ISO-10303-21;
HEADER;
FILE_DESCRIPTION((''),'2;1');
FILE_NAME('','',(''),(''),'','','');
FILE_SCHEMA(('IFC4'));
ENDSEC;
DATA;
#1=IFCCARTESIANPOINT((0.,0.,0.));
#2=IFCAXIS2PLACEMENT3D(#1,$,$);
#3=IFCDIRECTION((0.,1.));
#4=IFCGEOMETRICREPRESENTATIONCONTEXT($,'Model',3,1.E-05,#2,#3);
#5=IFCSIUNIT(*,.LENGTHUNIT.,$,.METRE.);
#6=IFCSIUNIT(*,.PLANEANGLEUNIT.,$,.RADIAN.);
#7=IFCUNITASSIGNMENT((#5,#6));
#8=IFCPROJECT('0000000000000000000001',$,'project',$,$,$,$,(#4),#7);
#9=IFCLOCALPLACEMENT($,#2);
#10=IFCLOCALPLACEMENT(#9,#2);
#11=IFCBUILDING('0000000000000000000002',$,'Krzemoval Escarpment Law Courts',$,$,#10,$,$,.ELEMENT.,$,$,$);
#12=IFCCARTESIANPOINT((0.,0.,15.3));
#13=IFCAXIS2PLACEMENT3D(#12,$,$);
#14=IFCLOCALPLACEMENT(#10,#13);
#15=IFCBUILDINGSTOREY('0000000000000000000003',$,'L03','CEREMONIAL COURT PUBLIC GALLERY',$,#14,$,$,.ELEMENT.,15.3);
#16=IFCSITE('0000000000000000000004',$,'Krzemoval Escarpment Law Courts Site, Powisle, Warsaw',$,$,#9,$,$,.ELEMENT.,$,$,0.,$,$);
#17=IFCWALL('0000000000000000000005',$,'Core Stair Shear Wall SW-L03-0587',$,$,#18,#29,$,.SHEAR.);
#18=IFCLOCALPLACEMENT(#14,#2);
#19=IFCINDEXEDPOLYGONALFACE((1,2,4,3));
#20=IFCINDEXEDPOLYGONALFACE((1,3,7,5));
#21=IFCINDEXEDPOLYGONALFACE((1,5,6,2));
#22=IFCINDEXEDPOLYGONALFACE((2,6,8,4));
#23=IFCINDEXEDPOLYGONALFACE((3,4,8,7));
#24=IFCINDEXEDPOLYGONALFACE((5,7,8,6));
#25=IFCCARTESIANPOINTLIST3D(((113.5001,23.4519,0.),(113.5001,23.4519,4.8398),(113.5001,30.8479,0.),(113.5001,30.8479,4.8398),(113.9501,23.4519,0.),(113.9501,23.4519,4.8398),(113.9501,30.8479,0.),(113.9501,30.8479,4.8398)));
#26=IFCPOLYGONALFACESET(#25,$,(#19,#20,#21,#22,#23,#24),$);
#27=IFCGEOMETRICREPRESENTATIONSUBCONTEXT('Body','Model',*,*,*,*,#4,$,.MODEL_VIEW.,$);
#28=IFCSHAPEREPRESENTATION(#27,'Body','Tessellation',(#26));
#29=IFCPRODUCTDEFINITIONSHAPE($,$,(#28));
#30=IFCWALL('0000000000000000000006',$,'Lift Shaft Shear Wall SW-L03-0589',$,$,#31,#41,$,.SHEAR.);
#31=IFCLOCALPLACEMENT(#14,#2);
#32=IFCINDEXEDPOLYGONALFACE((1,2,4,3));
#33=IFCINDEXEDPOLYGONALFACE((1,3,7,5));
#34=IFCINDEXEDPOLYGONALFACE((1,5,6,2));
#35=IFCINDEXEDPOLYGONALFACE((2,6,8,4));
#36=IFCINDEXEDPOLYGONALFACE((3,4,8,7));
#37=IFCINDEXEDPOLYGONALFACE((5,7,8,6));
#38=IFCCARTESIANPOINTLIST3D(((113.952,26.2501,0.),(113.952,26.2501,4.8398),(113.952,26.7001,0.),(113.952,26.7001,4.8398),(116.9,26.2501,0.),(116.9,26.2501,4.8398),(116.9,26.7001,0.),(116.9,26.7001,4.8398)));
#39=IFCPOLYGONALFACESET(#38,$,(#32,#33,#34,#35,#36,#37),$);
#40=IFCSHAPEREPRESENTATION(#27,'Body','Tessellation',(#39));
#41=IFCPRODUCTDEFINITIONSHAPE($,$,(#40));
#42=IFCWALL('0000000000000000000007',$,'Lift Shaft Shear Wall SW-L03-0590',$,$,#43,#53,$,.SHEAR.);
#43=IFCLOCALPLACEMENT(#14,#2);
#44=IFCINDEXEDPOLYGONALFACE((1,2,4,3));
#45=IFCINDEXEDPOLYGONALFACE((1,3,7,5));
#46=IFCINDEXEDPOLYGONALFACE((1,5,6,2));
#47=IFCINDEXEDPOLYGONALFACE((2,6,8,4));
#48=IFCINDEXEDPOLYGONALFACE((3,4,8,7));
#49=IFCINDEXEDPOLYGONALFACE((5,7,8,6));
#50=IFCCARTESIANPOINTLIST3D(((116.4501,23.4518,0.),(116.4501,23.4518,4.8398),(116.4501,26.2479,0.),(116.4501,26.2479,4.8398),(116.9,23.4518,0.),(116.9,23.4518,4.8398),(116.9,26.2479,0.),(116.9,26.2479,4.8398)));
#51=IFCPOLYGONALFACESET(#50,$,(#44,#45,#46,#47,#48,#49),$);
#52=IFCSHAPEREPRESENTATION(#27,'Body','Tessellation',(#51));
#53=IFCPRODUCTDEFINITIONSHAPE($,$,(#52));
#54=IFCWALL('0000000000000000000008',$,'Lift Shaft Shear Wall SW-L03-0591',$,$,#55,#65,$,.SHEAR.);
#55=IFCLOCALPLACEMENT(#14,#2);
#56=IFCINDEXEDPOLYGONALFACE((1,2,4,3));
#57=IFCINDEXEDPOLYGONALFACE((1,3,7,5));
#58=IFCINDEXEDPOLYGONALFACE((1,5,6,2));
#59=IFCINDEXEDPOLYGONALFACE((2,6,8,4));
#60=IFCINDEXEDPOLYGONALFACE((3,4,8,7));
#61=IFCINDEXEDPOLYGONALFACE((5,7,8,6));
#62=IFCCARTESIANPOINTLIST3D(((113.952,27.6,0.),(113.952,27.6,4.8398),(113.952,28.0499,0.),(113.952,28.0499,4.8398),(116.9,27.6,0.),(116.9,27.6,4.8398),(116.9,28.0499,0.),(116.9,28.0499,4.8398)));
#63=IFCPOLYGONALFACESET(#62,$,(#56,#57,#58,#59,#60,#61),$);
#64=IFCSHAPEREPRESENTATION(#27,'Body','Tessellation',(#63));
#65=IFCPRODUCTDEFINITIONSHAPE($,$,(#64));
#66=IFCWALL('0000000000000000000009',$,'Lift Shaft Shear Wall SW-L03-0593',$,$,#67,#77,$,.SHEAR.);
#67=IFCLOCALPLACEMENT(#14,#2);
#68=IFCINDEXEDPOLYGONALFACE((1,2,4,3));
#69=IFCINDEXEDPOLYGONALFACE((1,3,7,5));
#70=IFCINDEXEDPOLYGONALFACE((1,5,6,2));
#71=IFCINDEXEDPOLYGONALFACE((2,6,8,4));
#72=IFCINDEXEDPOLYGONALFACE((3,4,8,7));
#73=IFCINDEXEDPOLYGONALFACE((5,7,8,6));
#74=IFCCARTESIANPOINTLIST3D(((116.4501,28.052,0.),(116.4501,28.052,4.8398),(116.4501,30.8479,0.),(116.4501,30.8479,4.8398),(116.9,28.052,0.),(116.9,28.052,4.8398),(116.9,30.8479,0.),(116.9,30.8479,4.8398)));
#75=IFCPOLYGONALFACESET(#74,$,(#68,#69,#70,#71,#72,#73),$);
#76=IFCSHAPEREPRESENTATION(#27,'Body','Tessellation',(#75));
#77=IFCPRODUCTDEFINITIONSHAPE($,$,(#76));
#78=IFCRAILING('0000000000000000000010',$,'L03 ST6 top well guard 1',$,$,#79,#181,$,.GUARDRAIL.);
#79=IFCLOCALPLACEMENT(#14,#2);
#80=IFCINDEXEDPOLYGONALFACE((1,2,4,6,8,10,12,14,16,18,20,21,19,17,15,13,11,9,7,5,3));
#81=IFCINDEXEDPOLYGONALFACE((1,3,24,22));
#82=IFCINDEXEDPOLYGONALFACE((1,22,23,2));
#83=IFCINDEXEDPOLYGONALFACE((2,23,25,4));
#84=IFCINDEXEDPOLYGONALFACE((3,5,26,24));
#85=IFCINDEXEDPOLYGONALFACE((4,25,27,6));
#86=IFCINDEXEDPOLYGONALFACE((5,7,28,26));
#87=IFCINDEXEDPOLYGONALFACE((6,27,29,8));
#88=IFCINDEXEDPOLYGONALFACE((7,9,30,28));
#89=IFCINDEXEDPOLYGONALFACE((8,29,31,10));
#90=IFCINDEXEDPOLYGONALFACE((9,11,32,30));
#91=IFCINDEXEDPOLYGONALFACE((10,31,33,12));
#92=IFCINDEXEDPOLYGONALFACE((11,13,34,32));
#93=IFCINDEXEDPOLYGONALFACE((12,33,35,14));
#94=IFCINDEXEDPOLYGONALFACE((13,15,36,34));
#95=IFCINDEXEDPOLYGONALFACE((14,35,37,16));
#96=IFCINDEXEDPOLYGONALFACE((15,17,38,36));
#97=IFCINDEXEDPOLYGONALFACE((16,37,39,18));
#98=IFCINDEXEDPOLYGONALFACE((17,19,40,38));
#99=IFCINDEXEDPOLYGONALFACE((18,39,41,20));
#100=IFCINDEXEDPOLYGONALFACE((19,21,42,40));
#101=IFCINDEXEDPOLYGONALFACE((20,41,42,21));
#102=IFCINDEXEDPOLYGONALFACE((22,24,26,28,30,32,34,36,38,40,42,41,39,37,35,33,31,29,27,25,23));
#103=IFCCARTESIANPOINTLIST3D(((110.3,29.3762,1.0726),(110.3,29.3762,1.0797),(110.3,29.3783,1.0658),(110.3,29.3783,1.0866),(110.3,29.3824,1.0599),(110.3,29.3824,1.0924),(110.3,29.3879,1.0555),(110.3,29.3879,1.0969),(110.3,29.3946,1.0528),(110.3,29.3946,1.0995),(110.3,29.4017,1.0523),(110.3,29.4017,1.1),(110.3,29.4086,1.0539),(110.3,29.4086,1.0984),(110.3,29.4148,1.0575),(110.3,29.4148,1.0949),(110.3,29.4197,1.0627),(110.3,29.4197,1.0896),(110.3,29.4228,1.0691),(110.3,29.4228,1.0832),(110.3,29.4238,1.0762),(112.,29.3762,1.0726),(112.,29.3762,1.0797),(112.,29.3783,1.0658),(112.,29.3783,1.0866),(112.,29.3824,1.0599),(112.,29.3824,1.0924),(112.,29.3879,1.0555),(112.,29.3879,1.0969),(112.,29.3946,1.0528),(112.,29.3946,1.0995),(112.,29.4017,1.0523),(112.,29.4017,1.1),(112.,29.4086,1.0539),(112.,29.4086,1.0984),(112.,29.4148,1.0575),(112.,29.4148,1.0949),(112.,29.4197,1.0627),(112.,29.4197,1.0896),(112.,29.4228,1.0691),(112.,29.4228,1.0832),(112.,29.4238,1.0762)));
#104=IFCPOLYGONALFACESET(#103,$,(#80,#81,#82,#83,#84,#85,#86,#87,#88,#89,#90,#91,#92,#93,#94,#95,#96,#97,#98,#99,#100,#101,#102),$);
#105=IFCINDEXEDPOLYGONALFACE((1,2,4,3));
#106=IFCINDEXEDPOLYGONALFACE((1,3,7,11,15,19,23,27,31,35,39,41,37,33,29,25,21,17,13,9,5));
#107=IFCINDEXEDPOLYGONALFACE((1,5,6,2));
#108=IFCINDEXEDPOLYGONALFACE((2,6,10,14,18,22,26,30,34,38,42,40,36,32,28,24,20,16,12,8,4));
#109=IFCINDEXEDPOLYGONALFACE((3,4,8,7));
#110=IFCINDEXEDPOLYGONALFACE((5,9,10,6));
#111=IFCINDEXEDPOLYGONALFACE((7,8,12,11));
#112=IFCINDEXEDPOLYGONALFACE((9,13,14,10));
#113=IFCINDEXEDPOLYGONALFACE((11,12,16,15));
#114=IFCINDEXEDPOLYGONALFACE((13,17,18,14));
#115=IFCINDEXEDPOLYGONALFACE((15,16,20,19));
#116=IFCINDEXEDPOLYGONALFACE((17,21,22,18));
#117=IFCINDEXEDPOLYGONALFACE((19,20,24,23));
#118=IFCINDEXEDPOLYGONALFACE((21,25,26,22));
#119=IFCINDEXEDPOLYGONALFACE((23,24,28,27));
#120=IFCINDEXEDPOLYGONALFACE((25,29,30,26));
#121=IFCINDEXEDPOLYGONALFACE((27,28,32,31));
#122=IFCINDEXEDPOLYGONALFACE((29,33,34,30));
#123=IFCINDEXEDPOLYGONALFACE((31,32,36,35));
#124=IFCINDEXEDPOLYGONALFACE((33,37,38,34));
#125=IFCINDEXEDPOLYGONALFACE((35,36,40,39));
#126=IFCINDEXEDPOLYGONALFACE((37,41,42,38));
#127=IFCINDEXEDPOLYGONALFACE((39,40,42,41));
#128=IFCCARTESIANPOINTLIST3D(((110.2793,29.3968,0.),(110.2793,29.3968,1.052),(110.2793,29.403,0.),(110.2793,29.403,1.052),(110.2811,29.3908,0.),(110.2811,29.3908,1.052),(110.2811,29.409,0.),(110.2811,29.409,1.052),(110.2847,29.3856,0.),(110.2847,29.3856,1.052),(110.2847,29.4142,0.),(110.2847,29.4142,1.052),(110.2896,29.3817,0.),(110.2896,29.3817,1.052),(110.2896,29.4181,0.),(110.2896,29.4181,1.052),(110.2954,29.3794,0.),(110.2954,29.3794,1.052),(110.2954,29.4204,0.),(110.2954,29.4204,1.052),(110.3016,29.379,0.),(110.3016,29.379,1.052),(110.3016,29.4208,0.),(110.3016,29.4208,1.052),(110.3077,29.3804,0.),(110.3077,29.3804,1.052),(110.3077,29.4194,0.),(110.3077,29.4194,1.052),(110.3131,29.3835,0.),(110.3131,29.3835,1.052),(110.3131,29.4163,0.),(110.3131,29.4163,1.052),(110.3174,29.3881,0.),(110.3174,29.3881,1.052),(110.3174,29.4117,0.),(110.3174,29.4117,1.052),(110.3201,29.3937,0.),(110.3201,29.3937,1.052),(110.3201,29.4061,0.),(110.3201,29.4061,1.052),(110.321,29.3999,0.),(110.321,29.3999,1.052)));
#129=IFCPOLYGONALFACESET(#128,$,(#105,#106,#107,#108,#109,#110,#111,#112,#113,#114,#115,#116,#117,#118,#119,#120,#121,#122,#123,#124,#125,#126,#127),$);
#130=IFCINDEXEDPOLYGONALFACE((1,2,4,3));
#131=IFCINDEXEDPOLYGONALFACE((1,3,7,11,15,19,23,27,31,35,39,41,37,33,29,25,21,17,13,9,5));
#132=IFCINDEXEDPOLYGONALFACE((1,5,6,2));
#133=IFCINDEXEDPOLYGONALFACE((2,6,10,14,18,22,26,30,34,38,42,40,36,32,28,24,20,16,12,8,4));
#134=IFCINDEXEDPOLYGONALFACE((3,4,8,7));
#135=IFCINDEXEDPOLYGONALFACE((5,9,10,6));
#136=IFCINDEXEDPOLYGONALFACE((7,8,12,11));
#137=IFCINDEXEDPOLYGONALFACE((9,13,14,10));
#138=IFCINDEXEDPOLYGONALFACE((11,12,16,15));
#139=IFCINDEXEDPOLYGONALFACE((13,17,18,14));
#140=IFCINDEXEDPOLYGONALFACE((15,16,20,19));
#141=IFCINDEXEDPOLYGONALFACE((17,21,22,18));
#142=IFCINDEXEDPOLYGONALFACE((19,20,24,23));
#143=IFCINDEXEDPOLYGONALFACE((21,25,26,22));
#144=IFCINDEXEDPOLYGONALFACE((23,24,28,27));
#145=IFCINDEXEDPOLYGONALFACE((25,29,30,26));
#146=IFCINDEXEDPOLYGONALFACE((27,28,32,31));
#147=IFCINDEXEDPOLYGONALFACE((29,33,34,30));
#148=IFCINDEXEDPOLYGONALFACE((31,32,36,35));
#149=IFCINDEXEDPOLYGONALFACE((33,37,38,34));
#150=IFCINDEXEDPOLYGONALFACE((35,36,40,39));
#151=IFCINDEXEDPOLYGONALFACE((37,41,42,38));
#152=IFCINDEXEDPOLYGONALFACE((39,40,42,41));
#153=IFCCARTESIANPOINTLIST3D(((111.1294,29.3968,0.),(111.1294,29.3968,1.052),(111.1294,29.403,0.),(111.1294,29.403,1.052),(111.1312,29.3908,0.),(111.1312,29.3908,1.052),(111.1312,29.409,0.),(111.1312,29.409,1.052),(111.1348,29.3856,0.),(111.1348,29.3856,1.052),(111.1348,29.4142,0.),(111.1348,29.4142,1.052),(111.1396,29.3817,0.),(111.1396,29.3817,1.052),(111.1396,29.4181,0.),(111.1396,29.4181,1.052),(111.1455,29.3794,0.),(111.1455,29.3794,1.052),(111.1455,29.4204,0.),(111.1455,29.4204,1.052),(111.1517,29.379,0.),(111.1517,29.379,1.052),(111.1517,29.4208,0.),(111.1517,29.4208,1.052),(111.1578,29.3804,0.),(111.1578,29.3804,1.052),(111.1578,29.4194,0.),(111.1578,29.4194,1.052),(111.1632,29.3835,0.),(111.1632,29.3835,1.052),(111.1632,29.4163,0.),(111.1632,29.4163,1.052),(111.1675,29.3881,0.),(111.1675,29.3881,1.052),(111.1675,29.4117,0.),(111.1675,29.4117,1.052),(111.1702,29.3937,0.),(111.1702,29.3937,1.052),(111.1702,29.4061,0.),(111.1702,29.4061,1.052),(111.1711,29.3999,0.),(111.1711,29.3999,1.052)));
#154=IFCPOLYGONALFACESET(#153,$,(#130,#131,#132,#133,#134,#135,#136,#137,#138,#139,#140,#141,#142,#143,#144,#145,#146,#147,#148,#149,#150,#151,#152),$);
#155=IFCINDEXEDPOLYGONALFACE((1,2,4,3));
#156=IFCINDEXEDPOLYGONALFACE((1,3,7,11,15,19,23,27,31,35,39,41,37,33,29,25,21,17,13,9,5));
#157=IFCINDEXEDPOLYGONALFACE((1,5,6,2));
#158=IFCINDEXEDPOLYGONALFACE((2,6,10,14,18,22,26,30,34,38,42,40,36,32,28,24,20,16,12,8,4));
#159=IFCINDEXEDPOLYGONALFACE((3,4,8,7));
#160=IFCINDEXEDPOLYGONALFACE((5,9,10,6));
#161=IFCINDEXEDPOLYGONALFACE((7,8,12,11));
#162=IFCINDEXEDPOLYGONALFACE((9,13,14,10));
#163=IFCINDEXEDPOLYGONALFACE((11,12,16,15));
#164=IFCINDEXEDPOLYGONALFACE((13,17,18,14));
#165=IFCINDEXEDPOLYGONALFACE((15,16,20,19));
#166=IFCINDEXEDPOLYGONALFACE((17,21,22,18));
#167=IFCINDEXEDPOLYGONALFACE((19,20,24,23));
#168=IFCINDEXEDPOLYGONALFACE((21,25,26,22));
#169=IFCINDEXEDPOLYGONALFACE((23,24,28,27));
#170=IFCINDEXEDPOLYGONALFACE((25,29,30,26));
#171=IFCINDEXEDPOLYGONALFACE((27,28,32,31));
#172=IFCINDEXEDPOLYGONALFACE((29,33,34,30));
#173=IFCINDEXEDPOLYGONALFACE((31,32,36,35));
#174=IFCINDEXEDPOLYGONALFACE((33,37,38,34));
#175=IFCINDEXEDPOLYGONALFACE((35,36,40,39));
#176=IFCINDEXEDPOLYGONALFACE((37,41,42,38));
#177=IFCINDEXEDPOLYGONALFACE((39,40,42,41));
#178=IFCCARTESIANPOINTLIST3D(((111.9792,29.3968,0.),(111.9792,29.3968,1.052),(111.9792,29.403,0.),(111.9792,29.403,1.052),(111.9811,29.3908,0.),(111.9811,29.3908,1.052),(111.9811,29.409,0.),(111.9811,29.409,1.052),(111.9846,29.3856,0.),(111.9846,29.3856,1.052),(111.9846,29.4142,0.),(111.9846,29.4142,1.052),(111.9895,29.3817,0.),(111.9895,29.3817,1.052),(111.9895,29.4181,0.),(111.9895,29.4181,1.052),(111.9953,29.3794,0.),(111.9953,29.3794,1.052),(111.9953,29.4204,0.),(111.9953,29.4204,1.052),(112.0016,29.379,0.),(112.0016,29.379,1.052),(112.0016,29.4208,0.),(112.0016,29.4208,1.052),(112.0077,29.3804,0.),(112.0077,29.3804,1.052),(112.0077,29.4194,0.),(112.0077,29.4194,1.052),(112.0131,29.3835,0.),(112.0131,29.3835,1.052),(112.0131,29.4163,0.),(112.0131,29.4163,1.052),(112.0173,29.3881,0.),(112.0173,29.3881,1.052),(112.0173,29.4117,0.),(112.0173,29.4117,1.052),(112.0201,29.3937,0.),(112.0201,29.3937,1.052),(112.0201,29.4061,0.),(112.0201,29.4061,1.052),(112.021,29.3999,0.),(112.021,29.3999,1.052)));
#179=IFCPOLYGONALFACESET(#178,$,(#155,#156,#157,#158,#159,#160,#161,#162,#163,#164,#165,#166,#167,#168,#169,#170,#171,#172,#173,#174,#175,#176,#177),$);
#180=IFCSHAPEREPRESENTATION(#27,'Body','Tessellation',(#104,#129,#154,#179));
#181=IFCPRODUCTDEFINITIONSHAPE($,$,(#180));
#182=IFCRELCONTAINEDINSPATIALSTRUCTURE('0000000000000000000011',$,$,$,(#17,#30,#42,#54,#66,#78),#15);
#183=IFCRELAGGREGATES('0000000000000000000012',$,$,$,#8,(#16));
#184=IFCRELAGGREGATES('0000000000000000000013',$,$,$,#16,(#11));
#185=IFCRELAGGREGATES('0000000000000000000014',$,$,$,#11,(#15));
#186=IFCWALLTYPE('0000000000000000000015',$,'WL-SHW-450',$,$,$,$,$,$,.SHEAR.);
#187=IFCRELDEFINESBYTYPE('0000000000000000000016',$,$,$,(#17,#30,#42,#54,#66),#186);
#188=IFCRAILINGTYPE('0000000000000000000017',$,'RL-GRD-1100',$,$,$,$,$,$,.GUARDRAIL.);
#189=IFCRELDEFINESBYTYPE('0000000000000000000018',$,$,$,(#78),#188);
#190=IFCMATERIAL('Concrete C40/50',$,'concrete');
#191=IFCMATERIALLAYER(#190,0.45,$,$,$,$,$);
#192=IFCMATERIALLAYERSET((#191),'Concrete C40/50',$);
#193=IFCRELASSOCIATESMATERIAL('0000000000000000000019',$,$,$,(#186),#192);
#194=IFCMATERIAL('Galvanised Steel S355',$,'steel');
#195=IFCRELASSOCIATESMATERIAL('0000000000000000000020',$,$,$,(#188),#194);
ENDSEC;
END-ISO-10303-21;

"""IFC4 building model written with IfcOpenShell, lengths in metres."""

from ifc_helpers import new_model, si_unit, direction, frame, frame_2d, origin, origin_2d, place, context, subcontext, project, spatial, rectangle, circle, extrude, material, layer, layer_set, type_object, element, save


model = new_model("IFC4")

# Units and contexts
model_context = context("Model", 3, precision=1e-05, world=origin(), true_north=direction((0.0, 1.0)))
body_context = subcontext(model_context, "Body", "Model", "MODEL_VIEW")
ifc_project = project(units=[si_unit("LENGTHUNIT", "METRE"), si_unit("PLANEANGLEUNIT", "RADIAN")], contexts=[model_context])

# Site, building, storey
site_placement = place(None, origin())
site = spatial("IfcSite", under=ifc_project, at=site_placement, Name="Krzemoval Escarpment Law Courts Site, Powisle, Warsaw", CompositionType="ELEMENT", RefElevation=0.0)
building_placement = place(site_placement, origin())
building = spatial("IfcBuilding", under=site, at=building_placement, Name="Krzemoval Escarpment Law Courts", CompositionType="ELEMENT")
storey_placement = place(building_placement, frame((0.0, 0.0, 15.3)))
storey = spatial("IfcBuildingStorey", under=building, at=storey_placement, Name="L03", Description="CEREMONIAL COURT PUBLIC GALLERY", CompositionType="ELEMENT", Elevation=15.3)

# Shared definitions
ifc_material_1 = material(Name="Concrete C40/50", Category="concrete")
ifc_layer_1 = layer(ifc_material_1, 0.45)
ifc_layer_set_1 = layer_set([ifc_layer_1], Name="Concrete C40/50")
wall_type_1 = type_object("IfcWallType", Name="WL-SHW-450", PredefinedType="SHEAR", material=ifc_layer_set_1)

# Wall
for number, where, z_axis, x_axis, name in (
    (1, (113.7251, 23.4519, 0.0), (0.0, 0.0, 1.0), (0.0, 1.0, 0.0), "Core Stair Shear Wall SW-L03-0587"),
):
    element("IfcWall", number, at=place(storey_placement, frame(where, z_axis=z_axis, x_axis=x_axis)), inside=storey, type_object=wall_type_1, Name=name, PredefinedType="SHEAR", context=body_context, shape_type="SweptSolid", body=[
        extrude(rectangle(XDim=7.396, YDim=0.45, at=frame_2d((3.698, 0.0))), origin(), (0.0, 0.0, 1.0), 4.8398),
    ])

# Walls
wall_1_placement = place(storey_placement, frame((113.9519, 26.4751, 0.0), z_axis=(0.0, 0.0, 1.0), x_axis=(1.0, 0.0, 0.0)))
element("IfcWall", 2, at=wall_1_placement, inside=storey, type_object=wall_type_1, Name="Lift Shaft Shear Wall SW-L03-0589", PredefinedType="SHEAR", context=body_context, shape_type="SweptSolid", body=[
    extrude(rectangle(XDim=2.948, YDim=0.45, at=frame_2d((1.4741, 0.0))), origin(), (0.0, 0.0, 1.0), 4.8398),
])
wall_2_placement = place(storey_placement, frame((116.675, 23.4519, 0.0), z_axis=(0.0, 0.0, 1.0), x_axis=(0.0, 1.0, 0.0)))
element("IfcWall", 3, at=wall_2_placement, inside=storey, type_object=wall_type_1, Name="Lift Shaft Shear Wall SW-L03-0590", PredefinedType="SHEAR", context=body_context, shape_type="SweptSolid", body=[
    extrude(rectangle(XDim=2.7961, YDim=0.45, at=frame_2d((1.3979, 0.0))), origin(), (0.0, 0.0, 1.0), 4.8398),
])
wall_3_placement = place(storey_placement, frame((113.9519, 27.825, 0.0), z_axis=(0.0, 0.0, 1.0), x_axis=(1.0, 0.0, 0.0)))
element("IfcWall", 4, at=wall_3_placement, inside=storey, type_object=wall_type_1, Name="Lift Shaft Shear Wall SW-L03-0591", PredefinedType="SHEAR", context=body_context, shape_type="SweptSolid", body=[
    extrude(rectangle(XDim=2.948, YDim=0.45, at=frame_2d((1.4741, 0.0))), origin(), (0.0, 0.0, 1.0), 4.8398),
])

# Wall
wall_4_placement = place(storey_placement, frame((116.675, 28.052, 0.0), z_axis=(0.0, 0.0, 1.0), x_axis=(0.0, 1.0, 0.0)))
element("IfcWall", 5, at=wall_4_placement, inside=storey, type_object=wall_type_1, Name="Lift Shaft Shear Wall SW-L03-0593", PredefinedType="SHEAR", context=body_context, shape_type="SweptSolid", body=[
    extrude(rectangle(XDim=2.7959, YDim=0.45, at=frame_2d((1.3979, 0.0))), origin(), (0.0, 0.0, 1.0), 4.8398),
])

# Railing
ifc_material_2 = material(Name="Galvanised Steel S355", Category="steel")
railing_type = type_object("IfcRailingType", Name="RL-GRD-1100", PredefinedType="GUARDRAIL", material=ifc_material_2)
railing_placement = place(storey_placement, frame((110.3, 29.3999, 0.0)))
element("IfcRailing", 6, at=railing_placement, inside=storey, type_object=railing_type, Name="L03 ST6 top well guard 1", PredefinedType="GUARDRAIL", context=body_context, shape_type="SweptSolid", body=[
    extrude(circle(Radius=0.0239, at=origin_2d()), frame((0.0, 0.0, 1.0762), z_axis=(1.0, 0.0, 0.0), x_axis=(0.0, 1.0, 0.0)), (0.0, 0.0, 1.0), 1.7),
    extrude(circle(Radius=0.021, at=origin_2d()), origin(), (0.0, 0.0, 1.0), 1.052),
    extrude(circle(Radius=0.021, at=origin_2d()), frame((0.8501, 0.0, 0.0)), (0.0, 0.0, 1.0), 1.052),
    extrude(circle(Radius=0.021, at=origin_2d()), frame((1.7, 0.0, 0.0)), (0.0, 0.0, 1.0), 1.052),
])

save(model, "model.ifc")
